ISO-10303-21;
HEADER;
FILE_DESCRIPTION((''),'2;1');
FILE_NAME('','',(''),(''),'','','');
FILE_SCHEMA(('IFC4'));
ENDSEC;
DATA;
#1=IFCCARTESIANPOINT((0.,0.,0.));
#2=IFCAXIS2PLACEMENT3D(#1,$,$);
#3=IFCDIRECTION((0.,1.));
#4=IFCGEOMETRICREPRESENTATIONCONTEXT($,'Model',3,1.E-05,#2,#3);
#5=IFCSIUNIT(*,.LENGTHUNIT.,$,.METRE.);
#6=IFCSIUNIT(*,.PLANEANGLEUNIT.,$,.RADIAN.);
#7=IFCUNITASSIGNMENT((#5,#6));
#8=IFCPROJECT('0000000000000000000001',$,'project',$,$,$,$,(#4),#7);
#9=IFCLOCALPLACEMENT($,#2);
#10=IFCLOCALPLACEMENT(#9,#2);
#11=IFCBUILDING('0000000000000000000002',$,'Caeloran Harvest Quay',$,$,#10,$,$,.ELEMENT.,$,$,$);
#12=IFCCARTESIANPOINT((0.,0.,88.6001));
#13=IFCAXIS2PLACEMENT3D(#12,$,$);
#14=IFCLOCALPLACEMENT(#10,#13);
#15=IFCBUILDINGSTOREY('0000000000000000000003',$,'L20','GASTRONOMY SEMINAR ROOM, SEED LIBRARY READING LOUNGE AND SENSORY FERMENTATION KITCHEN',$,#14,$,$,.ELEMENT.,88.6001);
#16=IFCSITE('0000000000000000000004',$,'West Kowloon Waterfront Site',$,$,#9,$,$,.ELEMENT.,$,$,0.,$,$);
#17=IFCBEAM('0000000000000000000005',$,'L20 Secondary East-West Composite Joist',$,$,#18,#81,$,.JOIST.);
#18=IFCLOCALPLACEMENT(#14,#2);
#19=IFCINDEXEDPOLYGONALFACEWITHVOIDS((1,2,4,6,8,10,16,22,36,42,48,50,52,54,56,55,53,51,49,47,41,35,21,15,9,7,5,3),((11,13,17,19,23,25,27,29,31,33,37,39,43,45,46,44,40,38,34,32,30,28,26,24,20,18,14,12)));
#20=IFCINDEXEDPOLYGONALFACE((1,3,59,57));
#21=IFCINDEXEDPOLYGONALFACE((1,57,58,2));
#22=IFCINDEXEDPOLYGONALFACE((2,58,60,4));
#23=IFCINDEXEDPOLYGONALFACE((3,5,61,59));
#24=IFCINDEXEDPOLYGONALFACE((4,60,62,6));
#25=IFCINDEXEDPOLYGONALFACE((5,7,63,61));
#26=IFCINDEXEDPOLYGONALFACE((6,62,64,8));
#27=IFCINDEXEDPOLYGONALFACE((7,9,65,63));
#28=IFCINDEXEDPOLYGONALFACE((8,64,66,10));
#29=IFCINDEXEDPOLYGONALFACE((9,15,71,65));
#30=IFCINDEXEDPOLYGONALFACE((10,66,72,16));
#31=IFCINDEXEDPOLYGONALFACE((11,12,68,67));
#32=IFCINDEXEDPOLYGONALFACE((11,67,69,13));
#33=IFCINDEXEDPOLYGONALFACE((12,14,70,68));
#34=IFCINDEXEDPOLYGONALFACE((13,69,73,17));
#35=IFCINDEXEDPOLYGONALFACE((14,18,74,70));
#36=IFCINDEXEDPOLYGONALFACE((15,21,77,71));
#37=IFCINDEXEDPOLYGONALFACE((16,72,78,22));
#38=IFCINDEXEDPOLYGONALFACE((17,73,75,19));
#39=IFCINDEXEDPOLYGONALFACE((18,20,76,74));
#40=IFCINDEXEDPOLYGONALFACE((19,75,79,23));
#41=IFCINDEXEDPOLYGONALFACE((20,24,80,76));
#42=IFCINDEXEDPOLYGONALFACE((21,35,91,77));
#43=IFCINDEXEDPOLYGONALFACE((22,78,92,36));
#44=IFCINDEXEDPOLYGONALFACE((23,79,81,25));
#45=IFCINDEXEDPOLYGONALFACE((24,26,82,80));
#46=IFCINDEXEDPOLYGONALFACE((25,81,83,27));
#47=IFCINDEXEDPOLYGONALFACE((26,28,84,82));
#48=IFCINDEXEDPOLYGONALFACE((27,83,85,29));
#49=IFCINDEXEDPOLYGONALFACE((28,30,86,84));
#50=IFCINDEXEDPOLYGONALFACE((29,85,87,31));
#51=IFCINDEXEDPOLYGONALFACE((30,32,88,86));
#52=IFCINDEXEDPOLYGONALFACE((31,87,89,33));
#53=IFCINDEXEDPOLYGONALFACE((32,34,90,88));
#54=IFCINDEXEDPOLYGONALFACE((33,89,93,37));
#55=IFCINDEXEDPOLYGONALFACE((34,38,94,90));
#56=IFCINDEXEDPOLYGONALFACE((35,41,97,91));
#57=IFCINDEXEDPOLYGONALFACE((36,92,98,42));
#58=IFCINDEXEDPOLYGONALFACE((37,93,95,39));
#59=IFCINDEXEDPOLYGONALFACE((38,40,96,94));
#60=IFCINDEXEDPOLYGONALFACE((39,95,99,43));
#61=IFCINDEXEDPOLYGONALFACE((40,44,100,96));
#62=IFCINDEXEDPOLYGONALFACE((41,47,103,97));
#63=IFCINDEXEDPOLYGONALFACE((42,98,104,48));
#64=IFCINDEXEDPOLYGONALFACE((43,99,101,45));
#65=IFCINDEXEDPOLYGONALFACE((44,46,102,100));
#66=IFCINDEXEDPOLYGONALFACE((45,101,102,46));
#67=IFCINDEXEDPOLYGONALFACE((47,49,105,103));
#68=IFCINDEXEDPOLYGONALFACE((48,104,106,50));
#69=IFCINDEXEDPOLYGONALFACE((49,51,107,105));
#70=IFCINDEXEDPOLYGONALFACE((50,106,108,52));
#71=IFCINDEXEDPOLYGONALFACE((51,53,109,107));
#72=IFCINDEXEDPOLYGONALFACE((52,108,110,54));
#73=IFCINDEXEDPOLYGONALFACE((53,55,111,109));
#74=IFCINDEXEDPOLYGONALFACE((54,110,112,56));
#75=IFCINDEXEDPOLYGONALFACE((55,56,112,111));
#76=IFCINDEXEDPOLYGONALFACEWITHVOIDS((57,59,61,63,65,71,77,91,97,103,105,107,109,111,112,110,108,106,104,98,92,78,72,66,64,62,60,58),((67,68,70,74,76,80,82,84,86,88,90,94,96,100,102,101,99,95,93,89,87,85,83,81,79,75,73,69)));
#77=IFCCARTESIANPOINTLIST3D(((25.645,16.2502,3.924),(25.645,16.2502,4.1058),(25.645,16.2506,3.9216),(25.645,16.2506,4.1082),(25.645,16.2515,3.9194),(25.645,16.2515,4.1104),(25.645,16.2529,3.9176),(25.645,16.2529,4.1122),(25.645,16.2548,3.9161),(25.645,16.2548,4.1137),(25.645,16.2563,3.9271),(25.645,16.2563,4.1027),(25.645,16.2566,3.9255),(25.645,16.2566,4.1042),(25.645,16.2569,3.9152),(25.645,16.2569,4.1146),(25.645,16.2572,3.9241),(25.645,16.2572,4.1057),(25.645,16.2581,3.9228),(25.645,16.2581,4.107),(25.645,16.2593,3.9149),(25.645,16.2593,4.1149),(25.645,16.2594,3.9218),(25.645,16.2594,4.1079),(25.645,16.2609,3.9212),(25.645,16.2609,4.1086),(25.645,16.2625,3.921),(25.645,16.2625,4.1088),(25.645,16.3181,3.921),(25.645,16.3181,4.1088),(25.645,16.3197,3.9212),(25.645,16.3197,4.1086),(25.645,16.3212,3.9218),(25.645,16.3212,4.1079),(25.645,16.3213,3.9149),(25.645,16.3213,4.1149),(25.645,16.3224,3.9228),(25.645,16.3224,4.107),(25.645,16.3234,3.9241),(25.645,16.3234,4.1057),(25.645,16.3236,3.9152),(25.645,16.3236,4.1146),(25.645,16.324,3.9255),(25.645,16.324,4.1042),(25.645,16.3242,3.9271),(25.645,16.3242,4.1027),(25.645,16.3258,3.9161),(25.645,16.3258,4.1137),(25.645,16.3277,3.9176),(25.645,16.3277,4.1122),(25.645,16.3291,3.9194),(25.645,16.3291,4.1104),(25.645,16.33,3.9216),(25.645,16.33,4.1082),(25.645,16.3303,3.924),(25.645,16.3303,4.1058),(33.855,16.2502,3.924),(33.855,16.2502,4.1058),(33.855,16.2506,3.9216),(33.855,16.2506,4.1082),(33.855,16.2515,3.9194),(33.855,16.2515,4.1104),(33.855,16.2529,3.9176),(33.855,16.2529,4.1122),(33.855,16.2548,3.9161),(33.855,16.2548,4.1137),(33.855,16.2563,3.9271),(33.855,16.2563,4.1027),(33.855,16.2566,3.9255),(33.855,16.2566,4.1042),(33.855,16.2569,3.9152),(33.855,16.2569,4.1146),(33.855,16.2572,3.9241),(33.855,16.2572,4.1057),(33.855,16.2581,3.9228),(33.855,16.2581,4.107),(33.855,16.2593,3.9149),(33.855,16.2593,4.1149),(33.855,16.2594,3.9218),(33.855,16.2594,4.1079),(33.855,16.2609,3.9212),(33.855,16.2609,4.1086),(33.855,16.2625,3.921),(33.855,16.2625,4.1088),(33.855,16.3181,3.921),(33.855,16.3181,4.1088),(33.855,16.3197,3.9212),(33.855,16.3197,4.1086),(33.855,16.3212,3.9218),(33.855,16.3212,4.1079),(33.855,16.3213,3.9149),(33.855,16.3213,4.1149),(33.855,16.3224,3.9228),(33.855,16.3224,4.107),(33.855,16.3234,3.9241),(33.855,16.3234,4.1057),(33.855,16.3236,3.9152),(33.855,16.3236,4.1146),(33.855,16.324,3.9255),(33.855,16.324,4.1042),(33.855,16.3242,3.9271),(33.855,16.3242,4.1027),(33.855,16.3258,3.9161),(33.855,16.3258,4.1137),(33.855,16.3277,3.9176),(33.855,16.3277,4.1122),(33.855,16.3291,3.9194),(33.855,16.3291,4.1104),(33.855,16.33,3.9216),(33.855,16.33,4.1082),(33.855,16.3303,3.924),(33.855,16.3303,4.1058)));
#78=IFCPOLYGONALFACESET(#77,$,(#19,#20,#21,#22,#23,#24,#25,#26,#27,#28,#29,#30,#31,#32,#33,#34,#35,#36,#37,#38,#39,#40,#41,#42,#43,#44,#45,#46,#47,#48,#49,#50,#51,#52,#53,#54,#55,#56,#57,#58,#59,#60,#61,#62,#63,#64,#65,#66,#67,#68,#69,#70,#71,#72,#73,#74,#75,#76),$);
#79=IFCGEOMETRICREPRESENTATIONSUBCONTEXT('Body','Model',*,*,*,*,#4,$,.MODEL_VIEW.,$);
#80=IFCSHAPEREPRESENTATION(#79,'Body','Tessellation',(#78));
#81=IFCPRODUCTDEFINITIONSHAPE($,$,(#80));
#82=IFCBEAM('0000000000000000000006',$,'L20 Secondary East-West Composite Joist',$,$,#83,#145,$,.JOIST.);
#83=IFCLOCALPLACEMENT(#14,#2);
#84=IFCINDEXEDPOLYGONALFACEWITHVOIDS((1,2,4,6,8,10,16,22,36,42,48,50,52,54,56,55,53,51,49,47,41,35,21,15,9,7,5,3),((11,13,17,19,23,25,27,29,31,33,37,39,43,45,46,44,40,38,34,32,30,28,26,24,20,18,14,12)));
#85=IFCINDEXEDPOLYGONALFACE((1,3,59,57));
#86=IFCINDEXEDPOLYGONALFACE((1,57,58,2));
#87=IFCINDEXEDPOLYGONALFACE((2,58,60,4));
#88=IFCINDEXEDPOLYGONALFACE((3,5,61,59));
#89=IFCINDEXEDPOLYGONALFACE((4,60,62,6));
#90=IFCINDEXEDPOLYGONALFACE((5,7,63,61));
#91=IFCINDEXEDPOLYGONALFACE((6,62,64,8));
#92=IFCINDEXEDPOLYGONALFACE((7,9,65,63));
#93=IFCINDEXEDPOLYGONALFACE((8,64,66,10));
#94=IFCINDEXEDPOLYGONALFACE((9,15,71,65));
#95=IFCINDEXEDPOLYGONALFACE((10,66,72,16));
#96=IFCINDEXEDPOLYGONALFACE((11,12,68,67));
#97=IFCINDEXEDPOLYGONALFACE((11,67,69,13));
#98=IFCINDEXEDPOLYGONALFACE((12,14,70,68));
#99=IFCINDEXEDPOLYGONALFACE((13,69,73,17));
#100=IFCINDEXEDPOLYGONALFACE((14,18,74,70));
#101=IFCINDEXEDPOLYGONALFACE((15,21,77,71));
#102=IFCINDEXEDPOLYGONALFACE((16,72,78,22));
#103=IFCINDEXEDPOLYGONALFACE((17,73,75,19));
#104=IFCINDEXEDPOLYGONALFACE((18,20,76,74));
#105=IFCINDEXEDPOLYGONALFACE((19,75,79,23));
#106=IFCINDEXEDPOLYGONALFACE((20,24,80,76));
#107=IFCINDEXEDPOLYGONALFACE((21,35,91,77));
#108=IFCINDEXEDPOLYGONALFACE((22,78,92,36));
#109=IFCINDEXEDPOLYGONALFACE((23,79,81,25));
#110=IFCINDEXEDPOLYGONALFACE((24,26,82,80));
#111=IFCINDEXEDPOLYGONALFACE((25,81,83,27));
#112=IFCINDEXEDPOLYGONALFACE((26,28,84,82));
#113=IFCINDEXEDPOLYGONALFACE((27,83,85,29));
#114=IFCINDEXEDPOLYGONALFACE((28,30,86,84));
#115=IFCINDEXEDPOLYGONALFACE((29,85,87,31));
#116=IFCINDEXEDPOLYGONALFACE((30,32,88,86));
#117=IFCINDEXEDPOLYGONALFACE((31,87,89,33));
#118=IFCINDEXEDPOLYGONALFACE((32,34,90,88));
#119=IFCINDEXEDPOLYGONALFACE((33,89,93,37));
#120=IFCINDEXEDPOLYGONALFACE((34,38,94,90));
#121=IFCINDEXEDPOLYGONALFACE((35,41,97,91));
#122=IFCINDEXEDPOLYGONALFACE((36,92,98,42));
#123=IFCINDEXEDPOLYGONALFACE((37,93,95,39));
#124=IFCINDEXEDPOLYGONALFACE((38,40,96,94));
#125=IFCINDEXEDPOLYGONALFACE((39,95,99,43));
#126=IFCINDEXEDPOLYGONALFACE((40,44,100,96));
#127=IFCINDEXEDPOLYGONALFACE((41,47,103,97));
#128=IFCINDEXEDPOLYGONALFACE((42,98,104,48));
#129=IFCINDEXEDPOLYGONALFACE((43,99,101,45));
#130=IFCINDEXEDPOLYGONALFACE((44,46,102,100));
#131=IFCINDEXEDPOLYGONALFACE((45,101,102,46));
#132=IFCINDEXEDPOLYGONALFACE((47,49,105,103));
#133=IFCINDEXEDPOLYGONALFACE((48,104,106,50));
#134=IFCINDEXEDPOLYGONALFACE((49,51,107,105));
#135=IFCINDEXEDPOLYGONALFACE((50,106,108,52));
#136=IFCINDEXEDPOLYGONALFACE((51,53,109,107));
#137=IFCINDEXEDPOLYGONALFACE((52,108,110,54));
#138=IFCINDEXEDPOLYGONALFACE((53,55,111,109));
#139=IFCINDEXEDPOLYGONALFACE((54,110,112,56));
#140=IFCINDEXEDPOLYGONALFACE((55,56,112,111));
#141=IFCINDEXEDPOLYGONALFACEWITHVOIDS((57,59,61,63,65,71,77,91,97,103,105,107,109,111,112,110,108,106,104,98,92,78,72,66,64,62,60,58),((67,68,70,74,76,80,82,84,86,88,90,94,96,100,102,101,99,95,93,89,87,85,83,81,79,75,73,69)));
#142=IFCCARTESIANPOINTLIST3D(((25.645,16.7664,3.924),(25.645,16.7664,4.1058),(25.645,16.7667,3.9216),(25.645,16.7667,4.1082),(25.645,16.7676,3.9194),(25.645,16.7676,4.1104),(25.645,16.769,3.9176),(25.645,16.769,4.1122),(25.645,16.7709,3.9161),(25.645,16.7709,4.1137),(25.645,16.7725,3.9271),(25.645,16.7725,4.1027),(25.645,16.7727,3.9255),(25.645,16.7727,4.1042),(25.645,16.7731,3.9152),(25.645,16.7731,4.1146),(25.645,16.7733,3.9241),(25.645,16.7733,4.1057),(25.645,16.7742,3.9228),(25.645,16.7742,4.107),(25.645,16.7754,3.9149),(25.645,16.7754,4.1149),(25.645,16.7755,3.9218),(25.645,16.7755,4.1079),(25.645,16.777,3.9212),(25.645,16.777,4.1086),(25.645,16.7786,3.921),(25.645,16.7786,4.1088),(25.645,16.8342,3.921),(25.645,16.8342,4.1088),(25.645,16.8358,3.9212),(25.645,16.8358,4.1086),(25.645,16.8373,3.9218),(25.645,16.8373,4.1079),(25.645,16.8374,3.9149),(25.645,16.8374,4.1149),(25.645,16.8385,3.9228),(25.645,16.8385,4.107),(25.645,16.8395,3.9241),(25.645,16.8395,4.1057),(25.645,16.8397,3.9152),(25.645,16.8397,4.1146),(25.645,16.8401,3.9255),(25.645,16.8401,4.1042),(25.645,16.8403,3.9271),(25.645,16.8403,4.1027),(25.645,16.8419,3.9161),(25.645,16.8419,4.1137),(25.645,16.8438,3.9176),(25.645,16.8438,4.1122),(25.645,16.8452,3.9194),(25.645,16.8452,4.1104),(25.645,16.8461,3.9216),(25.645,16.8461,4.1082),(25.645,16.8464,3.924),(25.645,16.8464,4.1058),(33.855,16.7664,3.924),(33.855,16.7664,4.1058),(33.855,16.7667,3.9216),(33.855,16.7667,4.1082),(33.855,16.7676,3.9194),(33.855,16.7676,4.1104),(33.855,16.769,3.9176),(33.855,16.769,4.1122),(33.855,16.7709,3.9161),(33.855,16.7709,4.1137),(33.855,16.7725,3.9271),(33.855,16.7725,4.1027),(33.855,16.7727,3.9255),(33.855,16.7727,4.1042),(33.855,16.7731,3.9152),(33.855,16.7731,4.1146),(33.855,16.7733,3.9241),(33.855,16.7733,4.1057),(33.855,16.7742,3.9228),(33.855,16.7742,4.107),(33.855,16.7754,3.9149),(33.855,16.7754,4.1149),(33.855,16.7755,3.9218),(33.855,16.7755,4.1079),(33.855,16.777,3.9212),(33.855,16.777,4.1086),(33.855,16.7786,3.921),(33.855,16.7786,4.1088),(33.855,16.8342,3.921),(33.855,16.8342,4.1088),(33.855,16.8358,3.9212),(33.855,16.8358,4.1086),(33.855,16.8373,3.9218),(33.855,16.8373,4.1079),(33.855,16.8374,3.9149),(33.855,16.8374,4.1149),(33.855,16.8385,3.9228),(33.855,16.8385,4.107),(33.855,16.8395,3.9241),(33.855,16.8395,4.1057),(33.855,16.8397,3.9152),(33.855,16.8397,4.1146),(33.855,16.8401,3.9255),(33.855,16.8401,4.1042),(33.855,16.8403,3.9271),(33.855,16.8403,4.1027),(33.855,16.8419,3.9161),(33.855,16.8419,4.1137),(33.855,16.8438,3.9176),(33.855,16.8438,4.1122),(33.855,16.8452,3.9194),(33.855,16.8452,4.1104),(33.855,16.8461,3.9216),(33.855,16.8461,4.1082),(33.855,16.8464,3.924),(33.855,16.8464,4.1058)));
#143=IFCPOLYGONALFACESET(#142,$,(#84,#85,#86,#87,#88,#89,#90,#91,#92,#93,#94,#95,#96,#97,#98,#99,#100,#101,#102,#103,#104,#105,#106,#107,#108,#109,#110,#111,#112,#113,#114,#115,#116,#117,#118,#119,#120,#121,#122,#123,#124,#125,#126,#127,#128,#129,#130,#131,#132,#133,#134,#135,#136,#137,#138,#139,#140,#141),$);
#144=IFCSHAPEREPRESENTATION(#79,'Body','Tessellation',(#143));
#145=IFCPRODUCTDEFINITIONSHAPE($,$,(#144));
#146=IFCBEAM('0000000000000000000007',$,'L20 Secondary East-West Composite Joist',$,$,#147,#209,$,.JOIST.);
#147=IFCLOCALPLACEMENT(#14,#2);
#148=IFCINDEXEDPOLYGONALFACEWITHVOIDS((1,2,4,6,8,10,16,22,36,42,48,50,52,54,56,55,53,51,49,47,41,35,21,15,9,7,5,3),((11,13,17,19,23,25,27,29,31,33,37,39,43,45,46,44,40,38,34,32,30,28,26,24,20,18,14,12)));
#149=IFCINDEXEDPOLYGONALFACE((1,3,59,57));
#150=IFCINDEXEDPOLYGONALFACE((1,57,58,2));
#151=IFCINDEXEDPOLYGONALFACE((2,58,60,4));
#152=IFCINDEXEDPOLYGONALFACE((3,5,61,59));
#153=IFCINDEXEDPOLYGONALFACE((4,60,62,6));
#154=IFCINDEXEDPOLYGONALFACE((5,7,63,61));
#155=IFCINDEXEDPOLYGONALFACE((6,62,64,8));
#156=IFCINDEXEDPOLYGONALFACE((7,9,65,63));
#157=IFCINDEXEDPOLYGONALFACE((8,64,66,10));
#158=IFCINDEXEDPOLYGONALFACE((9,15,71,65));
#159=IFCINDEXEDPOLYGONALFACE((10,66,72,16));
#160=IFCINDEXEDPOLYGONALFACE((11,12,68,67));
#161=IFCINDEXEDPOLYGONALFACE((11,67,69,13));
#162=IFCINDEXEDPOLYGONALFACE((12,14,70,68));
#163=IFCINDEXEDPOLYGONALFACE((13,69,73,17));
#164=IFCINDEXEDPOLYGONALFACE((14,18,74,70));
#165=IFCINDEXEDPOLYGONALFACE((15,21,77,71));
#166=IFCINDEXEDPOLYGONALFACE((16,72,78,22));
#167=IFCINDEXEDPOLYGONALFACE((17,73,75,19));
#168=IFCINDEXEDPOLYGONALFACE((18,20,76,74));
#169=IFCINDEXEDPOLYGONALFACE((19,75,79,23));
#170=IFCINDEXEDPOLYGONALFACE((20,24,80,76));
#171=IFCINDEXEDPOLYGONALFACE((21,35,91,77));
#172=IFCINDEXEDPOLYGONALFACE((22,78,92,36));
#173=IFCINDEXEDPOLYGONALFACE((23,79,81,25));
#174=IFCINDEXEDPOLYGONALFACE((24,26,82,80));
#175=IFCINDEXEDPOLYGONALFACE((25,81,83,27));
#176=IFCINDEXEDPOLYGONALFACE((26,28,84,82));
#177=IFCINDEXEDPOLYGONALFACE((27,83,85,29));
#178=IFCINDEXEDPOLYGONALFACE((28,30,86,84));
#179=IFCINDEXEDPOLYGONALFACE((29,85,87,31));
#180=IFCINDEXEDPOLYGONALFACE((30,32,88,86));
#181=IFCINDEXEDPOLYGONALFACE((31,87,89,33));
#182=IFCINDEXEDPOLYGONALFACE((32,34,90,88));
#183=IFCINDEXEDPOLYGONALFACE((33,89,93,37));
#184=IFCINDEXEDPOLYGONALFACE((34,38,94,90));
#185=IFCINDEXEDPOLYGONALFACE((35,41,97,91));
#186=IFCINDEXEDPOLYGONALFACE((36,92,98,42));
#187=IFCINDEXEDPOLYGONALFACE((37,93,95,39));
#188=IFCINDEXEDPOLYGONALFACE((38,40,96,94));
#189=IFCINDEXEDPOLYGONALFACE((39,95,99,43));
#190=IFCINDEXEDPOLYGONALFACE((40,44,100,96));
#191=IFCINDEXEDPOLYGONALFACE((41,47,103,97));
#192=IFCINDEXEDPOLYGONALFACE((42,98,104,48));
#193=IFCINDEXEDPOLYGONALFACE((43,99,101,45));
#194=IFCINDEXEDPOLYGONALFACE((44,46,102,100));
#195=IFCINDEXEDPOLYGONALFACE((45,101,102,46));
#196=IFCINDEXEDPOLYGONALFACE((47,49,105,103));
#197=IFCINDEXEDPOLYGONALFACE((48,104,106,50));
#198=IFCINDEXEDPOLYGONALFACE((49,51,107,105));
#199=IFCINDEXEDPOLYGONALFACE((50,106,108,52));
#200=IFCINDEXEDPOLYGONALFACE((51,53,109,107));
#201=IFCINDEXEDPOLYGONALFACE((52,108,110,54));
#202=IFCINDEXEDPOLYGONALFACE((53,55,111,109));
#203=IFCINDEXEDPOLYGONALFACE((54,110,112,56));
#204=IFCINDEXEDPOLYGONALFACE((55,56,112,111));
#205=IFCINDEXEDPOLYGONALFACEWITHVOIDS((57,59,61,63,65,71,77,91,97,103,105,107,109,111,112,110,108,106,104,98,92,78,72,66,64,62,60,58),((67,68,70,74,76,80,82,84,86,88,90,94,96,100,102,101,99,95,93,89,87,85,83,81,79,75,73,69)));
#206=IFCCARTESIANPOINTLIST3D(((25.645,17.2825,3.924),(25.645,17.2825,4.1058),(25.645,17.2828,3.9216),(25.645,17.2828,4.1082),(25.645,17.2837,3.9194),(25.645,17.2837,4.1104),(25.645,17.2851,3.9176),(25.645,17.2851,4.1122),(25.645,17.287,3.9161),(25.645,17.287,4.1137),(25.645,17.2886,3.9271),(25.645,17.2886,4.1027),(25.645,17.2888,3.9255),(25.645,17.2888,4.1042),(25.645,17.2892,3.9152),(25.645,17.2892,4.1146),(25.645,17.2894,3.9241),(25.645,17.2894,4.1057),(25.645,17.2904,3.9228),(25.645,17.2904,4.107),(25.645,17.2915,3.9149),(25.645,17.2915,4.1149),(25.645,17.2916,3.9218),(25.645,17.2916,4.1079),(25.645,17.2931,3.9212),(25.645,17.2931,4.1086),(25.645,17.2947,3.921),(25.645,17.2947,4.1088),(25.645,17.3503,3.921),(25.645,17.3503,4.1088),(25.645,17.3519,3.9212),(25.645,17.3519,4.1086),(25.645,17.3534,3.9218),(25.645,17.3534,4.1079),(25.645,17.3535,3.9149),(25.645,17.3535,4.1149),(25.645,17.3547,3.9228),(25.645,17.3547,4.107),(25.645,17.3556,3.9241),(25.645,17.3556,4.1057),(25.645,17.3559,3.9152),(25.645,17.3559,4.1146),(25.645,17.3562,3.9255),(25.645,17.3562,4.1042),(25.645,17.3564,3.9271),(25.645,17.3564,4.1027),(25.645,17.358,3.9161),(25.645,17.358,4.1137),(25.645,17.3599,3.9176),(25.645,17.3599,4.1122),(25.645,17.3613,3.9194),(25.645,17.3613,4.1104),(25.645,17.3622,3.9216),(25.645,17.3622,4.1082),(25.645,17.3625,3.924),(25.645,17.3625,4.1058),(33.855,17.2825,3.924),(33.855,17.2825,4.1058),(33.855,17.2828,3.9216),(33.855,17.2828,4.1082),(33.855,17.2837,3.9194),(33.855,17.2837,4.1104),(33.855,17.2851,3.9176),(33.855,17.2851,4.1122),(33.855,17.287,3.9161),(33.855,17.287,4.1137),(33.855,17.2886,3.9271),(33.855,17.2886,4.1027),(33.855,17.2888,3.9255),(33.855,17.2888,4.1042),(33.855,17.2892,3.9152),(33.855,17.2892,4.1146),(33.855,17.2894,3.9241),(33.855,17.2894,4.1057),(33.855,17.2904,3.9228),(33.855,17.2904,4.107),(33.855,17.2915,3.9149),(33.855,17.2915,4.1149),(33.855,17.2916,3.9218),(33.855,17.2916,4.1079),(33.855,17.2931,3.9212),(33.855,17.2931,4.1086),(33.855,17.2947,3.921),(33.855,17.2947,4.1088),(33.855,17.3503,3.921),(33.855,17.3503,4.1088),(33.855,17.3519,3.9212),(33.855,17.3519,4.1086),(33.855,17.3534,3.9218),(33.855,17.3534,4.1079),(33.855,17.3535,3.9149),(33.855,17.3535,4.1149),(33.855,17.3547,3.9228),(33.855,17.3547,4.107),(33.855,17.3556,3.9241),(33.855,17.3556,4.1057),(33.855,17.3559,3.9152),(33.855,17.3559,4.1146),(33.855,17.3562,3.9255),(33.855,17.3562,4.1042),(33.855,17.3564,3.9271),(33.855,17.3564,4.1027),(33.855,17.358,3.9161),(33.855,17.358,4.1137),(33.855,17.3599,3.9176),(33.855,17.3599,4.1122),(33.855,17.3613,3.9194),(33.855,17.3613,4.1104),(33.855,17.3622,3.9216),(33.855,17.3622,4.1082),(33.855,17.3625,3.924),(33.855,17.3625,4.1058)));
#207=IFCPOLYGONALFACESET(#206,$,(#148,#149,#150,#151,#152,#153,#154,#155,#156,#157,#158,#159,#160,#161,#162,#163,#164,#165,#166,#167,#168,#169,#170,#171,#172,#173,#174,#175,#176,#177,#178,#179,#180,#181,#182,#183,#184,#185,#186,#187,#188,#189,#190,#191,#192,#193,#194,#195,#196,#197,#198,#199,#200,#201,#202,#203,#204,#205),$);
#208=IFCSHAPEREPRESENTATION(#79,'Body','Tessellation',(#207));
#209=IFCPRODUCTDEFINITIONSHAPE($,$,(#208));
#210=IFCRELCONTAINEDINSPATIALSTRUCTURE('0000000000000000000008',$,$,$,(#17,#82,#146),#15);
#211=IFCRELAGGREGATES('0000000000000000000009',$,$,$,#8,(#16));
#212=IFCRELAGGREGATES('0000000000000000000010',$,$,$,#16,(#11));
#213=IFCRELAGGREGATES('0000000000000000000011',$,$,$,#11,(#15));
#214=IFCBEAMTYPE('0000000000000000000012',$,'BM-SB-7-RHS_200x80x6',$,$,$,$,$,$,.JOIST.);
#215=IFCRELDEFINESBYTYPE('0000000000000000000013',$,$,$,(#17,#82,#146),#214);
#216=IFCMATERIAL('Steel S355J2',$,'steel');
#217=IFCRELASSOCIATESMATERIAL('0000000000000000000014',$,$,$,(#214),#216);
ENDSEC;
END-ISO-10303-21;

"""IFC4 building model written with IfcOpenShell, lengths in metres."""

from ifc_helpers import new_model, si_unit, direction, frame, origin, origin_2d, place, context, subcontext, project, spatial, hollow_rectangle, extrude, material, material_profile, profile_set, type_object, element, save


model = new_model("IFC4")

# Units and contexts
model_context = context("Model", 3, precision=1e-05, world=origin(), true_north=direction((0.0, 1.0)))
body_context = subcontext(model_context, "Body", "Model", "MODEL_VIEW")
ifc_project = project(units=[si_unit("LENGTHUNIT", "METRE"), si_unit("PLANEANGLEUNIT", "RADIAN")], contexts=[model_context])

# Site, building, storey
site_placement = place(None, origin())
site = spatial("IfcSite", under=ifc_project, at=site_placement, Name="West Kowloon Waterfront Site", CompositionType="ELEMENT", RefElevation=0.0)
building_placement = place(site_placement, origin())
building = spatial("IfcBuilding", under=site, at=building_placement, Name="Caeloran Harvest Quay", CompositionType="ELEMENT")
storey_placement = place(building_placement, frame((0.0, 0.0, 88.6001)))
storey = spatial("IfcBuildingStorey", under=building, at=storey_placement, Name="L20", Description="GASTRONOMY SEMINAR ROOM, SEED LIBRARY READING LOUNGE AND SENSORY FERMENTATION KITCHEN", CompositionType="ELEMENT", Elevation=88.6001)

# Beams
ifc_material_1 = material(Name="Steel S355J2", Category="steel")
ifc_material_profile_1 = material_profile(ifc_material_1, hollow_rectangle(XDim=0.0801, YDim=0.2, WallThickness=0.0061, InnerFilletRadius=0.0061, OuterFilletRadius=0.009, at=origin_2d()), Name="RHS 200x80x6")
ifc_profile_set_1 = profile_set([ifc_material_profile_1], Name="Steel S355J2")
beam_type_1 = type_object("IfcBeamType", Name="BM-SB-7-RHS_200x80x6", PredefinedType="JOIST", material=ifc_profile_set_1)
for number, where, z_axis, x_axis, name in (
    (1, (25.645, 16.2903, 4.0149), (1.0, 0.0, 0.0), (0.0, 1.0, 0.0), "L20 Secondary East-West Composite Joist"),
    (2, (25.645, 16.8064, 4.0149), (1.0, 0.0, 0.0), (0.0, 1.0, 0.0), "L20 Secondary East-West Composite Joist"),
    (3, (25.645, 17.3225, 4.0149), (1.0, 0.0, 0.0), (0.0, 1.0, 0.0), "L20 Secondary East-West Composite Joist"),
):
    element("IfcBeam", number, at=place(storey_placement, frame(where, z_axis=z_axis, x_axis=x_axis)), inside=storey, type_object=beam_type_1, Name=name, PredefinedType="JOIST", context=body_context, shape_type="SweptSolid", body=[
        extrude(hollow_rectangle(XDim=0.0801, YDim=0.2, WallThickness=0.0061, InnerFilletRadius=0.0061, OuterFilletRadius=0.009, at=origin_2d()), origin(), (0.0, 0.0, 1.0), 8.21),
    ])

save(model, "model.ifc")
